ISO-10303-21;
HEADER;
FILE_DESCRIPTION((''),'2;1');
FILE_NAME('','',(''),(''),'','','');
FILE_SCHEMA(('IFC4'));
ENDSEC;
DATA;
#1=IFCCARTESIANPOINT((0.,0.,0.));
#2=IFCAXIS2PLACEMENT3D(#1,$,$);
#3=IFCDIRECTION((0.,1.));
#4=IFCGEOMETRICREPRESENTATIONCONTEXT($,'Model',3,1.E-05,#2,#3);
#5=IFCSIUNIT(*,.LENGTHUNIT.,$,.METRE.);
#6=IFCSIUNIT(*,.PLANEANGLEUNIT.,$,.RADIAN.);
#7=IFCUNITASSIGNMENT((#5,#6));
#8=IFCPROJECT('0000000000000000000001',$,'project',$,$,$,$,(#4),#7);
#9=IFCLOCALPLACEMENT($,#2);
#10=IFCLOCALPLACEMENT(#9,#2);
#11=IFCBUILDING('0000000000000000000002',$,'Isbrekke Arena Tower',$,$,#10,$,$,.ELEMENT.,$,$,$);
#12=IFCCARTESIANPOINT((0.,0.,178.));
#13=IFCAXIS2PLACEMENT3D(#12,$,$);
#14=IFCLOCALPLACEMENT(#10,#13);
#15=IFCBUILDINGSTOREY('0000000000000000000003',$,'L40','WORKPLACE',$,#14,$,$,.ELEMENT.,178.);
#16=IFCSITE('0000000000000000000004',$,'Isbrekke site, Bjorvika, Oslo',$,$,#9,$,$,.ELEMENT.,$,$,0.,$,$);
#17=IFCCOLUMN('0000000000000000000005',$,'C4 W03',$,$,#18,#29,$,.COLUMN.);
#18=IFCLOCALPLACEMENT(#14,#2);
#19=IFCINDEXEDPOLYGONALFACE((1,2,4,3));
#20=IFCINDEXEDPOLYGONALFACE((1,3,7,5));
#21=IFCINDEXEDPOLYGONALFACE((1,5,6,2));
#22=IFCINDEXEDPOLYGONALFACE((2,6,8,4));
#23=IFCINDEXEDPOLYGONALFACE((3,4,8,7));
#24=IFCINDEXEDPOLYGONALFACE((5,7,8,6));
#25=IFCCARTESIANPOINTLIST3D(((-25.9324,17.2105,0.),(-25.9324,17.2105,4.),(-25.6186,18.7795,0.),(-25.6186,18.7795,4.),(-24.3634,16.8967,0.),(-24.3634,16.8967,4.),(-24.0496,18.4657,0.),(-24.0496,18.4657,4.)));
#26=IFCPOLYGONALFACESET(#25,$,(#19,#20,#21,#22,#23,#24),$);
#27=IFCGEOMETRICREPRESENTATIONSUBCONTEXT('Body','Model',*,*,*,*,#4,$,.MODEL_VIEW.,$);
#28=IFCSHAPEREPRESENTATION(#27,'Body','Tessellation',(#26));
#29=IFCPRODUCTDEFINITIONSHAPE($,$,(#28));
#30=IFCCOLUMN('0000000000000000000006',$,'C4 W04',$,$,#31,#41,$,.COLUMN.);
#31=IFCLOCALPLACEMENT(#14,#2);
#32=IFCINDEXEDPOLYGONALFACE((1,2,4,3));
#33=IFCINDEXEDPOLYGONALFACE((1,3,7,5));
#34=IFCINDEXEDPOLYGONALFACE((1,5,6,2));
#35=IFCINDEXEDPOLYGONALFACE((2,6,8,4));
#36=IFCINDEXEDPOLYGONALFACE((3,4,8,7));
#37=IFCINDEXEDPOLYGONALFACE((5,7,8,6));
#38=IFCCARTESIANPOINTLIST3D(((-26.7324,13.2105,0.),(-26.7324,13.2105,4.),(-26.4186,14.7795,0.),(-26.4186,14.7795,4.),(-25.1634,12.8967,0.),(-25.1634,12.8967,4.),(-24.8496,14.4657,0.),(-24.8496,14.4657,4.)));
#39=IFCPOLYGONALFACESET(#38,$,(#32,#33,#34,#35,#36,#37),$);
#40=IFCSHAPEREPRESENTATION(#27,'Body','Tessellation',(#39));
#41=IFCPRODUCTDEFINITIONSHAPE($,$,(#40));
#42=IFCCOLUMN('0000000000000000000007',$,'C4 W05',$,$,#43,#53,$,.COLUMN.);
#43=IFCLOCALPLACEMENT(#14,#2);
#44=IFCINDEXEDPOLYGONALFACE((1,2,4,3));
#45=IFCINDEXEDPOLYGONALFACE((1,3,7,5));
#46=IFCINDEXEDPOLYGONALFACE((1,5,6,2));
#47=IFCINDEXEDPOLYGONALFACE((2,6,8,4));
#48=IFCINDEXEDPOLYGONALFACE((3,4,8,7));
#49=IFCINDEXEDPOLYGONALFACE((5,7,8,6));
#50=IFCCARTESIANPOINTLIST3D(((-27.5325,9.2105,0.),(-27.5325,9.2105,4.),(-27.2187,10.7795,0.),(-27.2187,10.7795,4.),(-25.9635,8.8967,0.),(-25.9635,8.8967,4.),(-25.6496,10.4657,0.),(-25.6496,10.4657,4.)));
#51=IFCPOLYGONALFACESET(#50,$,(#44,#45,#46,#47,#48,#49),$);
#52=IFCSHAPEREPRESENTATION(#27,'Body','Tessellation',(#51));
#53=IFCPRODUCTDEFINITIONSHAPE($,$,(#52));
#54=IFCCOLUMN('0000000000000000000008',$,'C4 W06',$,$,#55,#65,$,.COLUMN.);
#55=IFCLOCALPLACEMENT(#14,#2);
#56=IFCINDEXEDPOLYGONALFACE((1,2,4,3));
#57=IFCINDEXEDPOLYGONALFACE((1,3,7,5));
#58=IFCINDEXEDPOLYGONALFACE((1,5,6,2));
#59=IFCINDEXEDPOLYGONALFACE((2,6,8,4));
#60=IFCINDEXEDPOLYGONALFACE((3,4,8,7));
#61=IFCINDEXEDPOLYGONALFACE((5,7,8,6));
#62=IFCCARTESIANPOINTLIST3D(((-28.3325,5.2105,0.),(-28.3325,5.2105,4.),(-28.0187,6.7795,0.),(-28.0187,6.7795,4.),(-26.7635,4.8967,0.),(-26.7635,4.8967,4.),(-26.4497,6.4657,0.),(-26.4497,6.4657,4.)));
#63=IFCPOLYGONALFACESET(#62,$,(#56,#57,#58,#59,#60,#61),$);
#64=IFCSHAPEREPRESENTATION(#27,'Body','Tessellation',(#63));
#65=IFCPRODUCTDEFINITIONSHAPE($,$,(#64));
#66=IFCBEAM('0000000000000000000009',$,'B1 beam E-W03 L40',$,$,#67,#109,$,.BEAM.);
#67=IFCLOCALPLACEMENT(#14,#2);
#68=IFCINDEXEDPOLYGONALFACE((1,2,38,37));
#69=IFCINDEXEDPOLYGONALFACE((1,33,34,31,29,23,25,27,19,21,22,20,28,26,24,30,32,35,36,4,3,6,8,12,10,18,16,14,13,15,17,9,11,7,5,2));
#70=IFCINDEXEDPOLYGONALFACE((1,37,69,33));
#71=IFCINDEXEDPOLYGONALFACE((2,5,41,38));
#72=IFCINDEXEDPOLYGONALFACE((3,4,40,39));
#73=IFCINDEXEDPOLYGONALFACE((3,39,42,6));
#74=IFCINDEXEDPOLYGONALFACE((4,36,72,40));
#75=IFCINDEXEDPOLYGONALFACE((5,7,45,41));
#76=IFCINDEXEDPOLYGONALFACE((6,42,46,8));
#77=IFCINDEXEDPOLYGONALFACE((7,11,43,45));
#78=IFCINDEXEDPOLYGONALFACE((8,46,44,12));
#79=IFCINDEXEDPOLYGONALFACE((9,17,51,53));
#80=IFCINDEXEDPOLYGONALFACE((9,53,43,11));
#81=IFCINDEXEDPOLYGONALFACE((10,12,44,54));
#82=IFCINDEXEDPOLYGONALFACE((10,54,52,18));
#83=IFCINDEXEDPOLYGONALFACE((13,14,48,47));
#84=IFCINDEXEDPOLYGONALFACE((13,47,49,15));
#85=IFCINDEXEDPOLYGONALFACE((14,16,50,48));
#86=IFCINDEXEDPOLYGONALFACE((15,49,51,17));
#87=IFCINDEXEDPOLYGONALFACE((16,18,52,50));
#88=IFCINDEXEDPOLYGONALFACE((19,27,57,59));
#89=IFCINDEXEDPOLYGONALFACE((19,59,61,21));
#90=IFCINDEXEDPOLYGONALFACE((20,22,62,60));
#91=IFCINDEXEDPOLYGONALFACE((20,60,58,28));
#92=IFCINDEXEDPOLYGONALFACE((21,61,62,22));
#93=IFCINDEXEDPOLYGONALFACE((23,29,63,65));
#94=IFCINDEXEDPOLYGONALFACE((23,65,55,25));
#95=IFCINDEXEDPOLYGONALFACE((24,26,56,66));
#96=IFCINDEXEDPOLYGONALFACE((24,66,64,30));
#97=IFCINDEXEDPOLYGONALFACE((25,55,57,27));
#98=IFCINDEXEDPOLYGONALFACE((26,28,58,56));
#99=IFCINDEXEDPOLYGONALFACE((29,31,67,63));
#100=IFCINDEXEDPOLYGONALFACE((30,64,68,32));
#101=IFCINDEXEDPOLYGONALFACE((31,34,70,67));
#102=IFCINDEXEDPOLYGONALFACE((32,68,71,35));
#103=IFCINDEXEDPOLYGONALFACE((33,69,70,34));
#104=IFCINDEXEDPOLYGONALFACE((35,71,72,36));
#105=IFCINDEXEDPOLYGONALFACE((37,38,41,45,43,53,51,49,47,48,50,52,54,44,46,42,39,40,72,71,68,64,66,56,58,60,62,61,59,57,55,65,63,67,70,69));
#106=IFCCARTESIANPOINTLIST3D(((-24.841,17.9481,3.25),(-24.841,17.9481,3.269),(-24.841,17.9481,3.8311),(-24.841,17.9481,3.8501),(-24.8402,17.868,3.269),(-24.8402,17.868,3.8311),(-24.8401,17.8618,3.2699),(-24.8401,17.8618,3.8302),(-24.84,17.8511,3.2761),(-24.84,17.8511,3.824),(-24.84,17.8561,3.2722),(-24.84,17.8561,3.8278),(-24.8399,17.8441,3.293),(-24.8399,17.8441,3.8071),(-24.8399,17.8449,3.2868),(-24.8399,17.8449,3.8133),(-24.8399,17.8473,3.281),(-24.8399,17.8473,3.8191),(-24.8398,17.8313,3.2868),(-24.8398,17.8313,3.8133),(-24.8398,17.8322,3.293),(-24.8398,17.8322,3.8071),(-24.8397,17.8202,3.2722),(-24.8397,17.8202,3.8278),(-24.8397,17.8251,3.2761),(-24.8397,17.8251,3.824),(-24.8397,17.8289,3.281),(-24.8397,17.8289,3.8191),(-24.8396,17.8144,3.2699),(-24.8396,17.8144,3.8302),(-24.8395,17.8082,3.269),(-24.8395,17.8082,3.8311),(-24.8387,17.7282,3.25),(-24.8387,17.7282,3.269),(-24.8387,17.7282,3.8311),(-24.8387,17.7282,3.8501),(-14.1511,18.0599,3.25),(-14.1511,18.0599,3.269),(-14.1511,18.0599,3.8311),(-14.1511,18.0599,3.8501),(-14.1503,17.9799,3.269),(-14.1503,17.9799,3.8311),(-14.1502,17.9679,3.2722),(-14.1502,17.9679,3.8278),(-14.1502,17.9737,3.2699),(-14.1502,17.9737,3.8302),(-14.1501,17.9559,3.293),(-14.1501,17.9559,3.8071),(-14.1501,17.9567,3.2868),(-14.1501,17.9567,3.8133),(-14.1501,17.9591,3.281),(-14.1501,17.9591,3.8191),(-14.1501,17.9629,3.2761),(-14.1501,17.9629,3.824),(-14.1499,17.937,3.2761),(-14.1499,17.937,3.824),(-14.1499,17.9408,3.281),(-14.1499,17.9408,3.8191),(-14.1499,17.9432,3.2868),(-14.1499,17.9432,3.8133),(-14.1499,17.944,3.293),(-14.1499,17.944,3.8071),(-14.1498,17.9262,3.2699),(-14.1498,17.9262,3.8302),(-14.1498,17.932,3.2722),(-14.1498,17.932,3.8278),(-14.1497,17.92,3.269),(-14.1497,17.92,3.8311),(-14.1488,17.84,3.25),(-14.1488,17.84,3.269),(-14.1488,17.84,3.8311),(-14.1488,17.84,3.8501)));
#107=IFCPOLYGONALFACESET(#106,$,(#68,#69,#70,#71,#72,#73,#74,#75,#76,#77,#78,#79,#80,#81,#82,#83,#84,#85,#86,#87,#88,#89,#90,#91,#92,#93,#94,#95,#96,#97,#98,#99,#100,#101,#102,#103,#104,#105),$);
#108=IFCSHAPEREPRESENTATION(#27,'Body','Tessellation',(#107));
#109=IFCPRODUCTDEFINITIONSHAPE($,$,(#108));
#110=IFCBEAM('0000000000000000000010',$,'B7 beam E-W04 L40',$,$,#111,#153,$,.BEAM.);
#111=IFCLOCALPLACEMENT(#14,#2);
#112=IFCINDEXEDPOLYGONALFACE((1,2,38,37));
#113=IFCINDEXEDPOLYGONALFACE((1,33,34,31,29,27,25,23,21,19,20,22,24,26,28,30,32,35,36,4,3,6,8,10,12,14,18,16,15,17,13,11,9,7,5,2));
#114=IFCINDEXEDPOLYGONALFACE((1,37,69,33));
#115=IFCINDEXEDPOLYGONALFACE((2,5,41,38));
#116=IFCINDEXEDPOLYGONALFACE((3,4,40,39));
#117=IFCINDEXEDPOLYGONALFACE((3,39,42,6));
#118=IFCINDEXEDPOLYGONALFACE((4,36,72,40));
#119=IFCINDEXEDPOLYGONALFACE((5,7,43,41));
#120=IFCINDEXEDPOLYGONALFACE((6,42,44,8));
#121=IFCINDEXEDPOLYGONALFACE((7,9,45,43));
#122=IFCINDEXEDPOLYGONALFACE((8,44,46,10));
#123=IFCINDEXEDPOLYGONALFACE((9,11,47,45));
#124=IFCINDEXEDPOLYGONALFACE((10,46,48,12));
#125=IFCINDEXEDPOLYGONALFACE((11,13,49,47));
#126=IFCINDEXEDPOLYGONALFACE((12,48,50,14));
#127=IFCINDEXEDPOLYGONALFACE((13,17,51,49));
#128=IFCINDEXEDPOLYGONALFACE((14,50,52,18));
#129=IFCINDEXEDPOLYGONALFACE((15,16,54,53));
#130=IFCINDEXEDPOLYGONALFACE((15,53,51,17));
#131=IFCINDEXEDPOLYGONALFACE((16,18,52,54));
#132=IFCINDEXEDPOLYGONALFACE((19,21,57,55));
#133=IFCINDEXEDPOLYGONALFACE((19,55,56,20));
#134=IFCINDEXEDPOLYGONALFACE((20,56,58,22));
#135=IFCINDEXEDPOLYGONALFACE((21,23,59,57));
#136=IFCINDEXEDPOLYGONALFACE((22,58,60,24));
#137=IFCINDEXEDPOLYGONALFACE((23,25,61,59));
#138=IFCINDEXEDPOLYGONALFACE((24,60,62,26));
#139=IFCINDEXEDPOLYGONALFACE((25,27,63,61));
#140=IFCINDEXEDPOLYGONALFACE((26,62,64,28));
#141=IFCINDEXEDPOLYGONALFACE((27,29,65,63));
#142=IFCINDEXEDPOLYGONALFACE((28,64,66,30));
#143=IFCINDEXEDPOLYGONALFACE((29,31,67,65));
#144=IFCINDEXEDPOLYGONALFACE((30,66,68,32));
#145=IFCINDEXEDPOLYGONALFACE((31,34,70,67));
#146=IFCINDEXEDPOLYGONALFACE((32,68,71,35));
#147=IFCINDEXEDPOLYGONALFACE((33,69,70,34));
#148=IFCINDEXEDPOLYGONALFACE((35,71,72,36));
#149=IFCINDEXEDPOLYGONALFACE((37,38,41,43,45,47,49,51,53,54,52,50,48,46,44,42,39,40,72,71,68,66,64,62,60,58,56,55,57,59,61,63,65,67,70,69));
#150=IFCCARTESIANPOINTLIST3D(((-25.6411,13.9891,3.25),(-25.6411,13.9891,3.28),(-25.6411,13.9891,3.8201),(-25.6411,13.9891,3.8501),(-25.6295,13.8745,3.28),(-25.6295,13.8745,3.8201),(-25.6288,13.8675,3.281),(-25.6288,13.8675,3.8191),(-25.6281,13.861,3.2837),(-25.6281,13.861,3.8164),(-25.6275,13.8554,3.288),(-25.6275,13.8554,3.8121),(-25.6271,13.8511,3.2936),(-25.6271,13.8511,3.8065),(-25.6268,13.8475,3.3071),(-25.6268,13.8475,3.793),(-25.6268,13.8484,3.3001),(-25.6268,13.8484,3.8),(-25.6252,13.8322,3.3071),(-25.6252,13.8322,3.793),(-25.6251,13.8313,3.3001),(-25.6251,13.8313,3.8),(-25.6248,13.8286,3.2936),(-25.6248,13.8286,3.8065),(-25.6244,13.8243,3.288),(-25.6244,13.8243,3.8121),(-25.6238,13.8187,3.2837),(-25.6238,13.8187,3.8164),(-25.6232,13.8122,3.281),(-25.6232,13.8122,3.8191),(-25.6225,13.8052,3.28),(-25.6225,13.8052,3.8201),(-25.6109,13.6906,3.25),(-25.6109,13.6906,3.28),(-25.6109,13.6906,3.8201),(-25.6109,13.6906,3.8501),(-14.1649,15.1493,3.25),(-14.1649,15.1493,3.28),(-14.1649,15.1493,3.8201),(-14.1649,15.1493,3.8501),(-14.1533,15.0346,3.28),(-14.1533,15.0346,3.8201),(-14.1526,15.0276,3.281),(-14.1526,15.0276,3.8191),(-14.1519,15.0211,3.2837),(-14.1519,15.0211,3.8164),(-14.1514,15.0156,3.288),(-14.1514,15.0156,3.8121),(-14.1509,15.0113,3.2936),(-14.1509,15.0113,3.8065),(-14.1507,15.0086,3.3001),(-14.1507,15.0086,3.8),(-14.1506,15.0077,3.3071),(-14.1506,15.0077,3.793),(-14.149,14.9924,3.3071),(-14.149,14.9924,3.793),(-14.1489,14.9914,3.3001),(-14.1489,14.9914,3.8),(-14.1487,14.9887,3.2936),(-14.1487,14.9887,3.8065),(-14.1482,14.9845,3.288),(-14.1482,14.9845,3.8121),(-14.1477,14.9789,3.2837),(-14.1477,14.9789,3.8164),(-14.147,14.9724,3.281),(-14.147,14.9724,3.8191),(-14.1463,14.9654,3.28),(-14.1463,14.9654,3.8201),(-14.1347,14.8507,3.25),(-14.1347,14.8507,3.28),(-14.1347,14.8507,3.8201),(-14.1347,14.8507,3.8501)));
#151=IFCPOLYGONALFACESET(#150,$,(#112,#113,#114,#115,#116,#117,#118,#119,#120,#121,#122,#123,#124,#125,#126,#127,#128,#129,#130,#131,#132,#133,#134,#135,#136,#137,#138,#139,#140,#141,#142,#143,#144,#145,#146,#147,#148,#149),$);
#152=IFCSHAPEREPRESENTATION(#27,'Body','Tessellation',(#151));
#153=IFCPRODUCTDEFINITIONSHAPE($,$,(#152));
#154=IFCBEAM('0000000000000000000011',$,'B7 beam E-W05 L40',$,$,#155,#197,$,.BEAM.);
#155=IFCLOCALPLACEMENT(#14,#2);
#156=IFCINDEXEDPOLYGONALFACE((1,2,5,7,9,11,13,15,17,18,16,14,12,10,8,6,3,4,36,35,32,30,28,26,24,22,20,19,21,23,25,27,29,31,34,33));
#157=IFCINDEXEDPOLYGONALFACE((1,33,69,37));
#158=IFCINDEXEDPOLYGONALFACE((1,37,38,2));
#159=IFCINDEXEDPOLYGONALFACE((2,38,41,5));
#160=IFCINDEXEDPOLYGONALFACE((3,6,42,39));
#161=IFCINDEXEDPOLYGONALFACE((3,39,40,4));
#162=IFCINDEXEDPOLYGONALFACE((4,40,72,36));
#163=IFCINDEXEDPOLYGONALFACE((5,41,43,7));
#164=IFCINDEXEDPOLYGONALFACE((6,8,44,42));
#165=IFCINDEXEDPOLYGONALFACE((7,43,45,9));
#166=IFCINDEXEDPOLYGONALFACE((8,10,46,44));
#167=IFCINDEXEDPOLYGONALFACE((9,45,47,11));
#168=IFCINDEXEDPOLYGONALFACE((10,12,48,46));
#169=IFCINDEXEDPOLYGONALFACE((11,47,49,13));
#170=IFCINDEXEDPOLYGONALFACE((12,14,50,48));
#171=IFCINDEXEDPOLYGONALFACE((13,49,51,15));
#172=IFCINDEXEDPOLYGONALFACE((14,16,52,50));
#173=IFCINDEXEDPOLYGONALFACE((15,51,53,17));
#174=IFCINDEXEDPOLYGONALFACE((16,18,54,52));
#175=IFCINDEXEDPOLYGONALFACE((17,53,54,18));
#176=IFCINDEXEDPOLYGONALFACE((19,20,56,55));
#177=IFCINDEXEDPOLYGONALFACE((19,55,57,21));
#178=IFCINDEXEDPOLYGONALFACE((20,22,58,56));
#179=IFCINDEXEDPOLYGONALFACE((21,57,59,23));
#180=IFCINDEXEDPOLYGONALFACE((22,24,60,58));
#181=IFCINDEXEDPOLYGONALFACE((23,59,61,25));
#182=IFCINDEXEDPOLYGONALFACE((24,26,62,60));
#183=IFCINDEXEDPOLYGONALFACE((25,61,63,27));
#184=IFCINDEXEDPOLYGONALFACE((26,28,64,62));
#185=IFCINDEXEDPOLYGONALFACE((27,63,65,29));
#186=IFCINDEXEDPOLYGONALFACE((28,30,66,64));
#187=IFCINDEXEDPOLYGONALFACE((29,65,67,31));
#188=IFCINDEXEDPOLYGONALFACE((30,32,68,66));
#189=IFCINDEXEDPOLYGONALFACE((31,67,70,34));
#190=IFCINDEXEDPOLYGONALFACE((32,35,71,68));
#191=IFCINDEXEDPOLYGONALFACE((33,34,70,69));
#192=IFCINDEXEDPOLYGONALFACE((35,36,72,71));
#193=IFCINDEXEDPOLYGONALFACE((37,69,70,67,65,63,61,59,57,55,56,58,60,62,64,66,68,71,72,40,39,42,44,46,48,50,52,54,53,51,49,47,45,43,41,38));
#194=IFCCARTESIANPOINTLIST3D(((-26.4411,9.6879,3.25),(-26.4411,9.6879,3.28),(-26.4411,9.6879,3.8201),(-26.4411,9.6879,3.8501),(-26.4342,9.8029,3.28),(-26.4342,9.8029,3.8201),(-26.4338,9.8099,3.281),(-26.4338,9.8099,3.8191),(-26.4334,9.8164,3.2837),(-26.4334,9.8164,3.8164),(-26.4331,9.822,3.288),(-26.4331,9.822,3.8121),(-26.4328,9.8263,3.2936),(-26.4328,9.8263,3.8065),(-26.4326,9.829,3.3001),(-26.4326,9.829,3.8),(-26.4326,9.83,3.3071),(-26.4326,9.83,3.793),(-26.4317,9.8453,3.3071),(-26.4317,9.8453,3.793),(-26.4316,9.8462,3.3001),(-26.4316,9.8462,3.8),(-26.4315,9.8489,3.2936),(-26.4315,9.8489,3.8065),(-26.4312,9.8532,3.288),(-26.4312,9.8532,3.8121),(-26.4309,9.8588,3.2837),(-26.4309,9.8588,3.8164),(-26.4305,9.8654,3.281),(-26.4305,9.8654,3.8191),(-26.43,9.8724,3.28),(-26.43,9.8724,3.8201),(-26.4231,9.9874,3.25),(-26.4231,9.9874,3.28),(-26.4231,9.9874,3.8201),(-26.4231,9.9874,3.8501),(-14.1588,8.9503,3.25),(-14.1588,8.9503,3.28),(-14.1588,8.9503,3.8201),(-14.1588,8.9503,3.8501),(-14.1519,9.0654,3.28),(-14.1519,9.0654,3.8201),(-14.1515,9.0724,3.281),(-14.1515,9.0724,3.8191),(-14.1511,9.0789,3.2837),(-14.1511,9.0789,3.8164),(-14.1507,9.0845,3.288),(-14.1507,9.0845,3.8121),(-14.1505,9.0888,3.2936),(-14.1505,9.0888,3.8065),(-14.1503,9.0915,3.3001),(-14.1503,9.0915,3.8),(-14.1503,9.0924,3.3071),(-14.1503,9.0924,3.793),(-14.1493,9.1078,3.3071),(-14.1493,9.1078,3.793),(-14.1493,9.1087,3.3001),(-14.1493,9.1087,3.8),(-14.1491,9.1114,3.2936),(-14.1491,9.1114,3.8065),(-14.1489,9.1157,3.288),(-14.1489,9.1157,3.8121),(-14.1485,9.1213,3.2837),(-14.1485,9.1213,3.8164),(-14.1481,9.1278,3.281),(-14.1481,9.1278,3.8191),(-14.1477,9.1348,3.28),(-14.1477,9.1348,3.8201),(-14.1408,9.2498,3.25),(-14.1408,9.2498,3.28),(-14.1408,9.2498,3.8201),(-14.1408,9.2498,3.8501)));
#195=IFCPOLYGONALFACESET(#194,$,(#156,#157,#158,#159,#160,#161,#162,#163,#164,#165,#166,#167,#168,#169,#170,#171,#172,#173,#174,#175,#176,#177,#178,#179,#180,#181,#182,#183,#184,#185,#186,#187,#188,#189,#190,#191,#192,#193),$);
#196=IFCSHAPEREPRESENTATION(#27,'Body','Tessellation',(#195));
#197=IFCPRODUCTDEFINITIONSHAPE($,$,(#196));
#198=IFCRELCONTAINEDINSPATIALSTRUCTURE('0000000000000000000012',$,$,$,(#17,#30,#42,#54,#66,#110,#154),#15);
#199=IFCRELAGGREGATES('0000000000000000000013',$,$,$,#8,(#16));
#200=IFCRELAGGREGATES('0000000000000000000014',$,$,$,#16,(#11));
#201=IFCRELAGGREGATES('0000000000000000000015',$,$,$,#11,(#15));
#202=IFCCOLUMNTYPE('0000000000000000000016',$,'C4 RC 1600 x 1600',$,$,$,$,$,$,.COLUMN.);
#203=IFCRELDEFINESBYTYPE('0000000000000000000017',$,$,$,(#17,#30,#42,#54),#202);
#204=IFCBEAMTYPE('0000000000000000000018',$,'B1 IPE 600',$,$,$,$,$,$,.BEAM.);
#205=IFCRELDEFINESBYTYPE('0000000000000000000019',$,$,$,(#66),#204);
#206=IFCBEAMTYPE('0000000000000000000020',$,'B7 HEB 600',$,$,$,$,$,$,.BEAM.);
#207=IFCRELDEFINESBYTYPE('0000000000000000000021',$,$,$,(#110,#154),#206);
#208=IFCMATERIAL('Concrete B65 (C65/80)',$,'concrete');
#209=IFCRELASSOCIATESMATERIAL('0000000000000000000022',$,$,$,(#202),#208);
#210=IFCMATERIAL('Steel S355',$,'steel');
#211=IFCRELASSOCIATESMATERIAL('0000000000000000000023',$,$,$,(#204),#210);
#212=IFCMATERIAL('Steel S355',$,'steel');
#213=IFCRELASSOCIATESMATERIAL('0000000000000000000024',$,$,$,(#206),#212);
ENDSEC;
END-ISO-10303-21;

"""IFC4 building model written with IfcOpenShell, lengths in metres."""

from ifc_helpers import new_model, si_unit, direction, frame, origin, origin_2d, place, context, subcontext, project, spatial, rectangle, i_section, extrude, material, material_profile, profile_set, type_object, element, save


model = new_model("IFC4")

# Units and contexts
model_context = context("Model", 3, precision=1e-05, world=origin(), true_north=direction((0.0, 1.0)))
body_context = subcontext(model_context, "Body", "Model", "MODEL_VIEW")
ifc_project = project(units=[si_unit("LENGTHUNIT", "METRE"), si_unit("PLANEANGLEUNIT", "RADIAN")], contexts=[model_context])

# Site, building, storey
site_placement = place(None, origin())
site = spatial("IfcSite", under=ifc_project, at=site_placement, Name="Isbrekke site, Bjorvika, Oslo", CompositionType="ELEMENT", RefElevation=0.0)
building_placement = place(site_placement, origin())
building = spatial("IfcBuilding", under=site, at=building_placement, Name="Isbrekke Arena Tower", CompositionType="ELEMENT")
storey_placement = place(building_placement, frame((0.0, 0.0, 178.0)))
storey = spatial("IfcBuildingStorey", under=building, at=storey_placement, Name="L40", Description="WORKPLACE", CompositionType="ELEMENT", Elevation=178.0)

# Columns
ifc_material_1 = material(Name="Concrete B65 (C65/80)", Category="concrete")
ifc_material_profile_1 = material_profile(ifc_material_1, rectangle(XDim=1.6001, YDim=1.6001, at=origin_2d()), Name="RC 1600x1600")
ifc_profile_set_1 = profile_set([ifc_material_profile_1], Name="Concrete B65 (C65/80)")
column_type = type_object("IfcColumnType", Name="C4 RC 1600 x 1600", PredefinedType="COLUMN", material=ifc_profile_set_1)
for number, where, z_axis, x_axis, name in (
    (1, (-24.991, 17.8381, 0.0), (0.0, 0.0, 1.0), (-0.196116, -0.980581, 0.0), "C4 W03"),
    (2, (-25.791, 13.8381, 0.0), (0.0, 0.0, 1.0), (-0.196116, -0.980581, 0.0), "C4 W04"),
    (3, (-26.5911, 9.8381, 0.0), (0.0, 0.0, 1.0), (-0.196116, -0.980581, 0.0), "C4 W05"),
    (4, (-27.3911, 5.8381, 0.0), (0.0, 0.0, 1.0), (-0.196116, -0.980581, 0.0), "C4 W06"),
):
    element("IfcColumn", number, at=place(storey_placement, frame(where, z_axis=z_axis, x_axis=x_axis)), inside=storey, type_object=column_type, Name=name, PredefinedType="COLUMN", context=body_context, shape_type="SweptSolid", body=[
        extrude(rectangle(XDim=1.6001, YDim=1.6001, at=origin_2d()), origin(), (0.0, 0.0, 1.0), 4.0),
    ])

# Beams
ifc_material_2 = material(Name="Steel S355", Category="steel")
ifc_material_profile_2 = material_profile(ifc_material_2, i_section(OverallWidth=0.22, OverallDepth=0.6001, WebThickness=0.012, FlangeThickness=0.019, FilletRadius=0.0239, at=origin_2d()), Name="IPE 600")
ifc_profile_set_2 = profile_set([ifc_material_profile_2], Name="Steel S355")
beam_type_1 = type_object("IfcBeamType", Name="B1 IPE 600", PredefinedType="BEAM", material=ifc_profile_set_2)
beam_1_placement = place(storey_placement, frame((-24.8398, 17.8381, 3.55), z_axis=(0.999945, 0.010459, 0.0), x_axis=(-0.010459, 0.999945, 0.0)))
element("IfcBeam", 5, at=beam_1_placement, inside=storey, type_object=beam_type_1, Name="B1 beam E-W03 L40", PredefinedType="BEAM", context=body_context, shape_type="SweptSolid", body=[
    extrude(i_section(OverallWidth=0.22, OverallDepth=0.6001, WebThickness=0.012, FlangeThickness=0.019, FilletRadius=0.0239, at=origin_2d()), origin(), (0.0, 0.0, 1.0), 10.6904),
])
ifc_material_3 = material(Name="Steel S355", Category="steel")
ifc_material_profile_3 = material_profile(ifc_material_3, i_section(OverallWidth=0.3, OverallDepth=0.6001, WebThickness=0.0154, FlangeThickness=0.03, FilletRadius=0.0271, at=origin_2d()), Name="HEB 600")
ifc_profile_set_3 = profile_set([ifc_material_profile_3], Name="Steel S355")
beam_type_2 = type_object("IfcBeamType", Name="B7 HEB 600", PredefinedType="BEAM", material=ifc_profile_set_3)
beam_2_placement = place(storey_placement, frame((-25.626, 13.8398, 3.55), z_axis=(0.994929, 0.100581, 0.0), x_axis=(-0.100581, 0.994929, 0.0)))
element("IfcBeam", 6, at=beam_2_placement, inside=storey, type_object=beam_type_2, Name="B7 beam E-W04 L40", PredefinedType="BEAM", context=body_context, shape_type="SweptSolid", body=[
    extrude(i_section(OverallWidth=0.3, OverallDepth=0.6001, WebThickness=0.0154, FlangeThickness=0.03, FilletRadius=0.0271, at=origin_2d()), origin(), (0.0, 0.0, 1.0), 11.5347),
])
beam_3_placement = place(storey_placement, frame((-26.4321, 9.8376, 3.55), z_axis=(0.998202, -0.059942, 0.0), x_axis=(0.059942, 0.998202, 0.0)))
element("IfcBeam", 7, at=beam_3_placement, inside=storey, type_object=beam_type_2, Name="B7 beam E-W05 L40", PredefinedType="BEAM", context=body_context, shape_type="SweptSolid", body=[
    extrude(i_section(OverallWidth=0.3, OverallDepth=0.6001, WebThickness=0.0154, FlangeThickness=0.03, FilletRadius=0.0271, at=origin_2d()), origin(), (0.0, 0.0, 1.0), 12.3044),
])

save(model, "model.ifc")
